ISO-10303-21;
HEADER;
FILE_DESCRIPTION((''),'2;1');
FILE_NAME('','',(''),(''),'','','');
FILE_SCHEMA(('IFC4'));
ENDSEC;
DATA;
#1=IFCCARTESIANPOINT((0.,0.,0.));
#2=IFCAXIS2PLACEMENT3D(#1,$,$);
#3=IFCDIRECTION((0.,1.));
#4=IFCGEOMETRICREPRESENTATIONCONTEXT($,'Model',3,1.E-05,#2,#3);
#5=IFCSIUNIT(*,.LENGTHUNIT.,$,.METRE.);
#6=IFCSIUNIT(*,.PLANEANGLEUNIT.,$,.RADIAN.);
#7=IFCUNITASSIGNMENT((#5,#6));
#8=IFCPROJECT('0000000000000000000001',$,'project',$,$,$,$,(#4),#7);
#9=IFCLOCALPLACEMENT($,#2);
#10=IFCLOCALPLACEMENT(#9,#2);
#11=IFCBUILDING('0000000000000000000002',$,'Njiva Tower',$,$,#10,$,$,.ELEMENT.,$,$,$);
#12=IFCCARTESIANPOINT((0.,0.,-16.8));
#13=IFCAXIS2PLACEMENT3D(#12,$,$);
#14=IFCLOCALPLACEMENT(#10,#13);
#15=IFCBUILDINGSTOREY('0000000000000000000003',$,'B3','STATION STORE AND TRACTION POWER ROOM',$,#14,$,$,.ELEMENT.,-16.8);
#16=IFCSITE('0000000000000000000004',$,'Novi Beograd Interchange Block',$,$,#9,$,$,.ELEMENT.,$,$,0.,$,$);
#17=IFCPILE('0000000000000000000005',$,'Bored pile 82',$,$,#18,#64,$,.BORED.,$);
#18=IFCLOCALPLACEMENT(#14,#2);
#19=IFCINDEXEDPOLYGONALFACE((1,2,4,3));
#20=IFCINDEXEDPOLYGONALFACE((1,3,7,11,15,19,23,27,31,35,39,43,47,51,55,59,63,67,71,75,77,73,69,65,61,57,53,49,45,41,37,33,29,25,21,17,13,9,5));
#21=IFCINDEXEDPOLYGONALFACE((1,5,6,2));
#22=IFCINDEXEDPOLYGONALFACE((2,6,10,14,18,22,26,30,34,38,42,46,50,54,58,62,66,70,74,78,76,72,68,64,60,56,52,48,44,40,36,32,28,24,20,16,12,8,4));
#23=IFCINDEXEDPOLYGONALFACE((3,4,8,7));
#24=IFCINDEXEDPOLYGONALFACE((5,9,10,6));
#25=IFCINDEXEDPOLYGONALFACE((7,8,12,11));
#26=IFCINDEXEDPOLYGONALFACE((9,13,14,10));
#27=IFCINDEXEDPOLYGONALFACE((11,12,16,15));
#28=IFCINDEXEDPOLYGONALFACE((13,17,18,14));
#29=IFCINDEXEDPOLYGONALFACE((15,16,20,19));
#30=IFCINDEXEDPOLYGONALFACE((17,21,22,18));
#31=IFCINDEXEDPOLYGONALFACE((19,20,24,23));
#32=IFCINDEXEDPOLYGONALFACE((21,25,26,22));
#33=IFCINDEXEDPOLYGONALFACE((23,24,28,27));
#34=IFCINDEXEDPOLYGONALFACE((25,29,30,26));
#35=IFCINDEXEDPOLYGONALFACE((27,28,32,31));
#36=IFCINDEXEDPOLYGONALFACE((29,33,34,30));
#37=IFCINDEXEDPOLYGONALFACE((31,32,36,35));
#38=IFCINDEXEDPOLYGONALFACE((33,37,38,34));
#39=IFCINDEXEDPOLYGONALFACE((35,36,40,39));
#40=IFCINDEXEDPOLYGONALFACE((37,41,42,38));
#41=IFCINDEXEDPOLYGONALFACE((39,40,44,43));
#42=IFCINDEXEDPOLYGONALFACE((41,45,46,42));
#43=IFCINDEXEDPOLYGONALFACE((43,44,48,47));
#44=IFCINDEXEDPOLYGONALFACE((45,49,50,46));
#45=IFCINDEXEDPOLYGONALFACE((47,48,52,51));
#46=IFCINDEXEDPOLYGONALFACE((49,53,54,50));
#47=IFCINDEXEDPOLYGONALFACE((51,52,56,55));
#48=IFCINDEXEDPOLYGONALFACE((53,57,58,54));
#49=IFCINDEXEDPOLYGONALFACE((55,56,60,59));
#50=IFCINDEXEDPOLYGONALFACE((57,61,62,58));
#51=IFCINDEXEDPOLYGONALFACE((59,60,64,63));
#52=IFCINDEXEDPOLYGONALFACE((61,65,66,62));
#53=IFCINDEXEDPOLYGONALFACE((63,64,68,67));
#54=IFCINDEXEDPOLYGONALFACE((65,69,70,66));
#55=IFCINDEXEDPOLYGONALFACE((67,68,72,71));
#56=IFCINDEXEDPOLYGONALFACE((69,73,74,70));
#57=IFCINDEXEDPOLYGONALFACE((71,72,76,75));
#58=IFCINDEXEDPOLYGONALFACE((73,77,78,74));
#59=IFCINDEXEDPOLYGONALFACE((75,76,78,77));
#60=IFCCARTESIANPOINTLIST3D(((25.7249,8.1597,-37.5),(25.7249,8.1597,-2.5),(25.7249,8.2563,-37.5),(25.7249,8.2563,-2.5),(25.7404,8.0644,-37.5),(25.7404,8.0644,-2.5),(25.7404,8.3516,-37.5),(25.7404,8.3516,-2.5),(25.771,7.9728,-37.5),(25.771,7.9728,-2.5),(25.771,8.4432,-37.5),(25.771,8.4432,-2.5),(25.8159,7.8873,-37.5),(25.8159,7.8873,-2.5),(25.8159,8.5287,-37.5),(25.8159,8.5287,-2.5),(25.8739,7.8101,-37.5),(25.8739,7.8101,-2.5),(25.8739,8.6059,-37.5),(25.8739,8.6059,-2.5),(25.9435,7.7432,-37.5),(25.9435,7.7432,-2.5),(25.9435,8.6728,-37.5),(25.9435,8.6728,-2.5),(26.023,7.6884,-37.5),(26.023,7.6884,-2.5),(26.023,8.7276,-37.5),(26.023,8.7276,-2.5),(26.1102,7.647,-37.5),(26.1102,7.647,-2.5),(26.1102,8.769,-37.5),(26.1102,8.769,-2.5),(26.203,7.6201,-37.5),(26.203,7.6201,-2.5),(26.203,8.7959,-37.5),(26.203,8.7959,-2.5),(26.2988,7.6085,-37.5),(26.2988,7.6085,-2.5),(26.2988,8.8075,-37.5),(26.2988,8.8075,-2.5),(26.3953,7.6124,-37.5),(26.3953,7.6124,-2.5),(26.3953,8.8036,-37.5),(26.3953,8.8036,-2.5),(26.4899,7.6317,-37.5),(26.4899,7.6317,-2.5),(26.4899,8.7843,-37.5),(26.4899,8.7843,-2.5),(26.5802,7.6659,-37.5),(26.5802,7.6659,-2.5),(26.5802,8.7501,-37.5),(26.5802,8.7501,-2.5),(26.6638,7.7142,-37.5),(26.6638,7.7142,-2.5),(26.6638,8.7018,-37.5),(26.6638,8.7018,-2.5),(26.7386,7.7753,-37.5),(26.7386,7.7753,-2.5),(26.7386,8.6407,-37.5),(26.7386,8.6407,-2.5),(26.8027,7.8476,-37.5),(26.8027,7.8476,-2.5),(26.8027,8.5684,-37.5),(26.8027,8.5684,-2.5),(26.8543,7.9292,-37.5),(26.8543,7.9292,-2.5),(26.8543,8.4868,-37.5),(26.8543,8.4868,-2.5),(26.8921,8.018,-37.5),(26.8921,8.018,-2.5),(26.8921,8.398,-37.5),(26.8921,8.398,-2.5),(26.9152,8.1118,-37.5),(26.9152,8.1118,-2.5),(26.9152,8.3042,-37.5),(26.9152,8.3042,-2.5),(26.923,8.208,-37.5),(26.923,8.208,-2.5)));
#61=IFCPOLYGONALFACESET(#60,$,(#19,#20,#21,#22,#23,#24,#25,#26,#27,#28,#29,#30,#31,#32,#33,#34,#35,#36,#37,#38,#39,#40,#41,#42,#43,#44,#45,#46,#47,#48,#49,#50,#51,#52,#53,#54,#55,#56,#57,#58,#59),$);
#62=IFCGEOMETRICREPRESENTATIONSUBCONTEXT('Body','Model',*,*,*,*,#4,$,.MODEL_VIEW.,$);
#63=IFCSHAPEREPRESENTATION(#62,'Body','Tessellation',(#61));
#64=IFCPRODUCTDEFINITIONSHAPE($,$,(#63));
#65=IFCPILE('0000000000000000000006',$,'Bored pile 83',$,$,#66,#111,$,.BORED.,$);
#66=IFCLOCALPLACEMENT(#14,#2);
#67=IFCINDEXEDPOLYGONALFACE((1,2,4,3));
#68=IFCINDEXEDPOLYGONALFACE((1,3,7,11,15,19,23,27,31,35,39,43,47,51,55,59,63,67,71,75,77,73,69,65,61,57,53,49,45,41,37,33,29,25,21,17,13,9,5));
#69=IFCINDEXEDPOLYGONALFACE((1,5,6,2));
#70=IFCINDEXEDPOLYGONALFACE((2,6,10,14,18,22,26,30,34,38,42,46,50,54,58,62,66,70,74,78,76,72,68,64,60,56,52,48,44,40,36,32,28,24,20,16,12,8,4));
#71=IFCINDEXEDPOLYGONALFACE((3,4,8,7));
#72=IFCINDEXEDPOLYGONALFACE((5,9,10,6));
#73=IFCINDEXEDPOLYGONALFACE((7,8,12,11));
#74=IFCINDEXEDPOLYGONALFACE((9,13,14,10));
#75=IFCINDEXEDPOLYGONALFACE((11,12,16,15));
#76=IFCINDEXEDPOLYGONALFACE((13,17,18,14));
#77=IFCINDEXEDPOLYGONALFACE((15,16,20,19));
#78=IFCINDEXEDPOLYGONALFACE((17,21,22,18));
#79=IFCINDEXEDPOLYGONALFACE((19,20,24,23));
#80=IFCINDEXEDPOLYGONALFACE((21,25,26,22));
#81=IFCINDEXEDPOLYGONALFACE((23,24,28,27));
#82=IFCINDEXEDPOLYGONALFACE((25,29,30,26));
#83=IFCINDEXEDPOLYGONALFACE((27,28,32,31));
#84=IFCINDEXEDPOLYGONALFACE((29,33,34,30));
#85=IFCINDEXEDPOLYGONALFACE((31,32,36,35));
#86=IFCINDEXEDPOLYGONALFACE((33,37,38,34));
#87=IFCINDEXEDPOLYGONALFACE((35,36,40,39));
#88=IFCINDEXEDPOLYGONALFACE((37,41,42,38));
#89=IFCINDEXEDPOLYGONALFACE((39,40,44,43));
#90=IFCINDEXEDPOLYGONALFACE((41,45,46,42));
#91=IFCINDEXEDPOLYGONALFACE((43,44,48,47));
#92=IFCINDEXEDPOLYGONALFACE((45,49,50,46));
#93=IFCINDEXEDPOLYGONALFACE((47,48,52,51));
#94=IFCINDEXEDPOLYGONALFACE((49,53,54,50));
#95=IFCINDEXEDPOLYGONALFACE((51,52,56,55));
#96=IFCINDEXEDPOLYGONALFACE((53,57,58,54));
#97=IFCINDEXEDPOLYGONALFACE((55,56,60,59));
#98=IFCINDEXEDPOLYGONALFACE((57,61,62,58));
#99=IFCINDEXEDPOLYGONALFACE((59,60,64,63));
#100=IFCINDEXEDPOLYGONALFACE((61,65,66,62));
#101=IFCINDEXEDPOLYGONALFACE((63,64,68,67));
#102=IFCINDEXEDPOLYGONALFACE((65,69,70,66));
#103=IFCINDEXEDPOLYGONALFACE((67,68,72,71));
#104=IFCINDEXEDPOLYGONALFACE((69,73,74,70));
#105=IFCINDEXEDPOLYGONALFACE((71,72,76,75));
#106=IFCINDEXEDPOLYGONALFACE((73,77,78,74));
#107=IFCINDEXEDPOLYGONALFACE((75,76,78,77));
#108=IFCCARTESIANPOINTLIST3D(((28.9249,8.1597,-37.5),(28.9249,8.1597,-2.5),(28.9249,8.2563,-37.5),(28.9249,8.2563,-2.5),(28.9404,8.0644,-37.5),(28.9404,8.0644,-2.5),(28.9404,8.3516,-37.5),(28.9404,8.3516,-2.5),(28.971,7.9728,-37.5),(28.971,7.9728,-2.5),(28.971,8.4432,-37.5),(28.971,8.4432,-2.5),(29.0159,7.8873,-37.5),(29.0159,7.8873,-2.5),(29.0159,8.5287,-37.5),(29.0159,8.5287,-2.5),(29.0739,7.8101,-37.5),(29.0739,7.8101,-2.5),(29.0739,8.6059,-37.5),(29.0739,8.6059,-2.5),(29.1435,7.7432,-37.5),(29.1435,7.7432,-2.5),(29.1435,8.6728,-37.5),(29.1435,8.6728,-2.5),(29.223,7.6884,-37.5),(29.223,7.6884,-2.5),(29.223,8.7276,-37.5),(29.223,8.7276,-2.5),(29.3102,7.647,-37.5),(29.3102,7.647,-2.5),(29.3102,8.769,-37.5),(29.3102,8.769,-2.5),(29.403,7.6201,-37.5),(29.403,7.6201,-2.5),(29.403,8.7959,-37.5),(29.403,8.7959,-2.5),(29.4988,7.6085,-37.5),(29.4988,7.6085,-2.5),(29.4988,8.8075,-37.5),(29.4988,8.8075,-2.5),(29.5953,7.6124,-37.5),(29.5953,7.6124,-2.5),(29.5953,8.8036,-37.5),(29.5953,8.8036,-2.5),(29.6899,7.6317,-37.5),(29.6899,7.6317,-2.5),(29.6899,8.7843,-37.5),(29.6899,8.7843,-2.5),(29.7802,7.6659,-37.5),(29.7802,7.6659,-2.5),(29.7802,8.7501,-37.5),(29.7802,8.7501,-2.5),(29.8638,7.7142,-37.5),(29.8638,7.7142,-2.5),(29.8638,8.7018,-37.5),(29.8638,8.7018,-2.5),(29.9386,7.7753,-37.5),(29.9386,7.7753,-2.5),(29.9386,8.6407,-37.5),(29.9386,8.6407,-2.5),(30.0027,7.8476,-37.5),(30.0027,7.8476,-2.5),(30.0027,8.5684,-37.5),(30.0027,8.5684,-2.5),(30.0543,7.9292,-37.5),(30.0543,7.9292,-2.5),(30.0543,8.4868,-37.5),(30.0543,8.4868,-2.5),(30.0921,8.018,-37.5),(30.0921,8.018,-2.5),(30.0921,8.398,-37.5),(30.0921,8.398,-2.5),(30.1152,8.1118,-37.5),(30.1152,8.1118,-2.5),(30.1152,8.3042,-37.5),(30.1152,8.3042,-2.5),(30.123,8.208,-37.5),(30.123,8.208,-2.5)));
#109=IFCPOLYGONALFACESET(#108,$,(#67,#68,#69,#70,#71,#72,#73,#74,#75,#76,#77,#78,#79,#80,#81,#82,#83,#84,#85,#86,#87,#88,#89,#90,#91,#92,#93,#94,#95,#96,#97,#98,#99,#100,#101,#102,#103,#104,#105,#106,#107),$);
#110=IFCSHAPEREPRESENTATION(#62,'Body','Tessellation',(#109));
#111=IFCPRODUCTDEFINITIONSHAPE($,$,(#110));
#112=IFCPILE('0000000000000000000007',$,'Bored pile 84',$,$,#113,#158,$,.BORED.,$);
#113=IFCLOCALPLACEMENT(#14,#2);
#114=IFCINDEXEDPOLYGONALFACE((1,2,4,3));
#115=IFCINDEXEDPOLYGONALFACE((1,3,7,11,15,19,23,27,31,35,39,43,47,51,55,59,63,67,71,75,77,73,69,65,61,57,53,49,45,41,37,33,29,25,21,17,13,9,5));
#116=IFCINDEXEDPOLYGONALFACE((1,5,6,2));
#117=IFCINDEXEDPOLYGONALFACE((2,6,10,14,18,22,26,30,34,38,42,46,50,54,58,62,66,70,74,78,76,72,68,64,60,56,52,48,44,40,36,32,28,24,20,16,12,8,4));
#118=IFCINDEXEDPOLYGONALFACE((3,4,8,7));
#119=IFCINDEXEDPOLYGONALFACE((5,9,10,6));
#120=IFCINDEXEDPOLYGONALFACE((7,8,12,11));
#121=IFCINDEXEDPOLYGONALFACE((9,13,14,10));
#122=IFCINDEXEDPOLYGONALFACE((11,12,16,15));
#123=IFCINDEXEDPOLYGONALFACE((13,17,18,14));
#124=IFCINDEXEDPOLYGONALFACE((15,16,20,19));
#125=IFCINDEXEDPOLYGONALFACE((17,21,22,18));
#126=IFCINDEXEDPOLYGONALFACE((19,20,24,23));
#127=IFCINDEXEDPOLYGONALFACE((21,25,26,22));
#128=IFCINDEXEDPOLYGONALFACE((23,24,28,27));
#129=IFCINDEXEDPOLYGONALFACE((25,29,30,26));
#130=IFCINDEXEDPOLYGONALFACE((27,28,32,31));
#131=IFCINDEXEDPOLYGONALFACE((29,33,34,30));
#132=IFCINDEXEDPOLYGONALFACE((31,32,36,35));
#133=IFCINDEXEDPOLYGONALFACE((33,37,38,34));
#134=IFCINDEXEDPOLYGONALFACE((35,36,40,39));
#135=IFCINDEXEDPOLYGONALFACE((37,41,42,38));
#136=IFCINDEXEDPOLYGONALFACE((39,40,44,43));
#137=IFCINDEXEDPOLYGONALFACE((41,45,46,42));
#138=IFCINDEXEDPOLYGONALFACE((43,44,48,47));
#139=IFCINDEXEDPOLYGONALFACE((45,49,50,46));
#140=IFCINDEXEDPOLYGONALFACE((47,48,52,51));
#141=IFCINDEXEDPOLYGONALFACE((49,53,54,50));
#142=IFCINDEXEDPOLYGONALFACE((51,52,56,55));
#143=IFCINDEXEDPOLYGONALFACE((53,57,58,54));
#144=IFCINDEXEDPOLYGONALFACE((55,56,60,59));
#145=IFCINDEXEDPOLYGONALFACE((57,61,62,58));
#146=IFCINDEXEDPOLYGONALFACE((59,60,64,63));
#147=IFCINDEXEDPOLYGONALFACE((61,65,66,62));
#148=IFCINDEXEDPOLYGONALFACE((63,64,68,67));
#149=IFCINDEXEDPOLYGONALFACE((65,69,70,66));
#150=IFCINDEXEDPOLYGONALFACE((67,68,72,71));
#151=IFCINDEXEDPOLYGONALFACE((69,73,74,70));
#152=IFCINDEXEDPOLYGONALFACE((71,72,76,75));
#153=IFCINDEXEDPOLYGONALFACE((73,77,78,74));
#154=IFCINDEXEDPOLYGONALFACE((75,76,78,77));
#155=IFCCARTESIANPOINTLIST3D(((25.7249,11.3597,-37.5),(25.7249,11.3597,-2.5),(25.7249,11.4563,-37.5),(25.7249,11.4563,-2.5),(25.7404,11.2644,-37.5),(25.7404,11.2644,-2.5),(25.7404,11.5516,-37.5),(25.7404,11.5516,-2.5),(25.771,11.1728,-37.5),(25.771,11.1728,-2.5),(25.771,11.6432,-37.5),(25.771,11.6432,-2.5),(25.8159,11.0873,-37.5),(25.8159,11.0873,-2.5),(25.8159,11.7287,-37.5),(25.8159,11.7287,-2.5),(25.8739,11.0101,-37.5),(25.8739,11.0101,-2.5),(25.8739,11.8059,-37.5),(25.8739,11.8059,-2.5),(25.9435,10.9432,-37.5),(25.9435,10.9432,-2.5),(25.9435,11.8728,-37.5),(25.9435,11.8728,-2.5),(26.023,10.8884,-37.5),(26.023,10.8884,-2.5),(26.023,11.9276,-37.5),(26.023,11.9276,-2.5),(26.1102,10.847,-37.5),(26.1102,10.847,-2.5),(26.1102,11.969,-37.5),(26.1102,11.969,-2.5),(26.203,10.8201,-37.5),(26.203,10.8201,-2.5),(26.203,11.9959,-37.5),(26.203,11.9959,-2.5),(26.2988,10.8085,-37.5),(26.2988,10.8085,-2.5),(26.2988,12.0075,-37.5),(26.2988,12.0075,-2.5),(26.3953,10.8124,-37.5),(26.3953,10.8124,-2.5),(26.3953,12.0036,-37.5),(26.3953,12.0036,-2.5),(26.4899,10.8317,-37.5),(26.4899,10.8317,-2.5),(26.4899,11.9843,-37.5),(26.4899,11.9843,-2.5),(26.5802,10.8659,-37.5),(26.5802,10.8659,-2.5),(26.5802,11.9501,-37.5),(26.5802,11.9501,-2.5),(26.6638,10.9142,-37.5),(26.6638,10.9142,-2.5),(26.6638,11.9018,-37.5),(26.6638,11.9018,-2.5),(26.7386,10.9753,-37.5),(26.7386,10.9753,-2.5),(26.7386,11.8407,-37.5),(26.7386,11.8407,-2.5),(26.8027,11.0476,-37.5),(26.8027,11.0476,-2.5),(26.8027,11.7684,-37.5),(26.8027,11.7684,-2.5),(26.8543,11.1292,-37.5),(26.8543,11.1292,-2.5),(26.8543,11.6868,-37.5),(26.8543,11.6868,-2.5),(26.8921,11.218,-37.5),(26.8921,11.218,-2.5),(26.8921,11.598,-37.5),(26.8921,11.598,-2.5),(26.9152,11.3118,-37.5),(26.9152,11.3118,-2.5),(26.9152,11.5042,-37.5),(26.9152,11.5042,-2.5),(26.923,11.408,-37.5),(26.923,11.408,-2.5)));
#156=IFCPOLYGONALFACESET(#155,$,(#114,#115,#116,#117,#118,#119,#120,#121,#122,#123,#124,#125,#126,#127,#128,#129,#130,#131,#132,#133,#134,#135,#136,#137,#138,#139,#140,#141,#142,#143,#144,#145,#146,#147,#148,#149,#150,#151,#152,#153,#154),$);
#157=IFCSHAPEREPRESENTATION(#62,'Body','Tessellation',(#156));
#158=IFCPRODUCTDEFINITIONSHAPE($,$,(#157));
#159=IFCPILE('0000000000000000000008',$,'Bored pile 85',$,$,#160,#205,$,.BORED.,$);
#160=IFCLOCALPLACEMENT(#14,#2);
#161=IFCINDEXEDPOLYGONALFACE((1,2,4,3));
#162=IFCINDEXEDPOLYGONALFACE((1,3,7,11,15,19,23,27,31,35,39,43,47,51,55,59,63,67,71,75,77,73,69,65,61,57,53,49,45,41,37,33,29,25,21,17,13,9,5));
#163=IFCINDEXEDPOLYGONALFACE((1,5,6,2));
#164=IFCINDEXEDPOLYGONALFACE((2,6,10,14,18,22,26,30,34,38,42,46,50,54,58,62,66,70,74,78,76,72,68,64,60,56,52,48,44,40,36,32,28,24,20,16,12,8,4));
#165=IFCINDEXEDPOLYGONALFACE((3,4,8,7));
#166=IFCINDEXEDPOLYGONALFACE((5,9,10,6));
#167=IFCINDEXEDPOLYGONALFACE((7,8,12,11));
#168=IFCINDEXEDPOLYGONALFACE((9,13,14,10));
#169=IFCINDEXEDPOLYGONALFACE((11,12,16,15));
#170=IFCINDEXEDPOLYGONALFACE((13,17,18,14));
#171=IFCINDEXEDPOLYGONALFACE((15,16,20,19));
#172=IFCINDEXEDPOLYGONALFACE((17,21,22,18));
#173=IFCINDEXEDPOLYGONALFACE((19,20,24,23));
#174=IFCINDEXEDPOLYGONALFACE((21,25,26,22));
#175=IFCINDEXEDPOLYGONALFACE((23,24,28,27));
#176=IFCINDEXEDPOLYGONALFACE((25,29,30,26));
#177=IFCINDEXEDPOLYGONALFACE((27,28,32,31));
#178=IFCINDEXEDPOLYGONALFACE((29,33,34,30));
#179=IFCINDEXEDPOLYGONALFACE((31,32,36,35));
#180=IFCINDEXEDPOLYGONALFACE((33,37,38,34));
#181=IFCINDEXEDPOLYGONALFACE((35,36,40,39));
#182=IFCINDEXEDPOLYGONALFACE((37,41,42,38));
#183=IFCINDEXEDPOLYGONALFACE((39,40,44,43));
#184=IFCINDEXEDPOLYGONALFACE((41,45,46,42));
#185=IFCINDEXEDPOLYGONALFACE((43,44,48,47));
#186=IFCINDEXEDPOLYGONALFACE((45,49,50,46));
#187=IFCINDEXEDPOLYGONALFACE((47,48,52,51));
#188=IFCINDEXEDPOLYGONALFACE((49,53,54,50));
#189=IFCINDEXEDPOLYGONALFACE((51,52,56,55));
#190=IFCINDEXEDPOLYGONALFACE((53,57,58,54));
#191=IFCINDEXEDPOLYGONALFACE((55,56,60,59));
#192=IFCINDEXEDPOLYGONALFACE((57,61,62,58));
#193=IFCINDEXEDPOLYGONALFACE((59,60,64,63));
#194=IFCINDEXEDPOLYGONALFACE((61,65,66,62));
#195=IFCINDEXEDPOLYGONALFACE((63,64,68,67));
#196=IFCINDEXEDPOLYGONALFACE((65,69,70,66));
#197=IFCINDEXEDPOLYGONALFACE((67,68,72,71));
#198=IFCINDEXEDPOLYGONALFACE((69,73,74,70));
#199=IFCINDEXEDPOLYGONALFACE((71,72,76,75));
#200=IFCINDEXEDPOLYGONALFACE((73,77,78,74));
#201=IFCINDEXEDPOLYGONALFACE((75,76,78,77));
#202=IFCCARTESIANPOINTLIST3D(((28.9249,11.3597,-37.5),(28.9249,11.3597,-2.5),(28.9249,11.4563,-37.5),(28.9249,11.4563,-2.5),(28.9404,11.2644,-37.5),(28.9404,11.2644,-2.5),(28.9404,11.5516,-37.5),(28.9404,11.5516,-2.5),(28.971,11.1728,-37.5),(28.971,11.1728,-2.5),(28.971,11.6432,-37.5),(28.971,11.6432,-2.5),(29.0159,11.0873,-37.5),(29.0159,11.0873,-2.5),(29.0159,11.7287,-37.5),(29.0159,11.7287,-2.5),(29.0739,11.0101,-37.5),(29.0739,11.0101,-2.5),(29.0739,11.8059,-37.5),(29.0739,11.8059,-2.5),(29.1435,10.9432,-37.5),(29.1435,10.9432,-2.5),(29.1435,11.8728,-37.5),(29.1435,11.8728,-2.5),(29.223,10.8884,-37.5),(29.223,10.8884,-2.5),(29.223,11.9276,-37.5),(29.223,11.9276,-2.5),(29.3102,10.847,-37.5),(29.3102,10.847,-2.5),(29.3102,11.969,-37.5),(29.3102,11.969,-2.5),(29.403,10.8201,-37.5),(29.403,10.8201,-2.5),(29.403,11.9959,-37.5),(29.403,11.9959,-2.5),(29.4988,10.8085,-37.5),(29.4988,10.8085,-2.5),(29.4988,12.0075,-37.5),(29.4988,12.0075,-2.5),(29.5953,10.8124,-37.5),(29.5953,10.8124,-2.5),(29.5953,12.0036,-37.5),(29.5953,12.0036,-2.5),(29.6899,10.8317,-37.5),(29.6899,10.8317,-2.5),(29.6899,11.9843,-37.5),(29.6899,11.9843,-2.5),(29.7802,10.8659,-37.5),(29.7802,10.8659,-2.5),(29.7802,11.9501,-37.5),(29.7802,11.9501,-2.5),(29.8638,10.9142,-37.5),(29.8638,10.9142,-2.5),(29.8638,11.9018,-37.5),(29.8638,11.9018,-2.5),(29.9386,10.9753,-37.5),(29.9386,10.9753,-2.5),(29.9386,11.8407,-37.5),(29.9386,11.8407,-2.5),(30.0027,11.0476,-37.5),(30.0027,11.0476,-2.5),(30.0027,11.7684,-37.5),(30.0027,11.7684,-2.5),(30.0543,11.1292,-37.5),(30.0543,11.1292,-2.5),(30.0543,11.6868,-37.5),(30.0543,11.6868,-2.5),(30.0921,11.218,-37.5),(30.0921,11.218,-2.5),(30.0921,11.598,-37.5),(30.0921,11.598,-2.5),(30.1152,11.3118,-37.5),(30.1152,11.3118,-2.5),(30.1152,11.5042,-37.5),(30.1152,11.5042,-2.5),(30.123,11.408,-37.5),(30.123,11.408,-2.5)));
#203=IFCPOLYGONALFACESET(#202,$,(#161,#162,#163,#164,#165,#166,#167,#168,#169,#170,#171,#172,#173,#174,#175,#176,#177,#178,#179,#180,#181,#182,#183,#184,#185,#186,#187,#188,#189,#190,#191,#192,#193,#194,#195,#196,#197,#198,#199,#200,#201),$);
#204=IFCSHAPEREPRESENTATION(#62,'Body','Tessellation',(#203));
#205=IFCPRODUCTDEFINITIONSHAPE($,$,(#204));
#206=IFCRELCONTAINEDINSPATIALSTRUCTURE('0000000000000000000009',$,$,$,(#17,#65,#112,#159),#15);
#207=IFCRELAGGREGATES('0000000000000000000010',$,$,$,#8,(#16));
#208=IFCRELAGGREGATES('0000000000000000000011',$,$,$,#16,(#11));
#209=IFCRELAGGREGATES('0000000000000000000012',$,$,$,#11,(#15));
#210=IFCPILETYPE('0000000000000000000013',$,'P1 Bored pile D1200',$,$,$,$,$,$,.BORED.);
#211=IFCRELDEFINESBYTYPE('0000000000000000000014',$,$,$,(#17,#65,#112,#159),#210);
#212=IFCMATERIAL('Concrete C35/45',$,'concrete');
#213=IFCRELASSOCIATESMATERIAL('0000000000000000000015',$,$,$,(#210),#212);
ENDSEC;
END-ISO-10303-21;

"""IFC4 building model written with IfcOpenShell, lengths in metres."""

from ifc_helpers import new_model, si_unit, direction, frame, origin, origin_2d, place, context, subcontext, project, spatial, circle, extrude, material, material_profile, profile_set, type_object, element, save


model = new_model("IFC4")

# Units and contexts
model_context = context("Model", 3, precision=1e-05, world=origin(), true_north=direction((0.0, 1.0)))
body_context = subcontext(model_context, "Body", "Model", "MODEL_VIEW")
ifc_project = project(units=[si_unit("LENGTHUNIT", "METRE"), si_unit("PLANEANGLEUNIT", "RADIAN")], contexts=[model_context])

# Site, building, storey
site_placement = place(None, origin())
site = spatial("IfcSite", under=ifc_project, at=site_placement, Name="Novi Beograd Interchange Block", CompositionType="ELEMENT", RefElevation=0.0)
building_placement = place(site_placement, origin())
building = spatial("IfcBuilding", under=site, at=building_placement, Name="Njiva Tower", CompositionType="ELEMENT")
storey_placement = place(building_placement, frame((0.0, 0.0, -16.8)))
storey = spatial("IfcBuildingStorey", under=building, at=storey_placement, Name="B3", Description="STATION STORE AND TRACTION POWER ROOM", CompositionType="ELEMENT", Elevation=-16.8)

# Piles
ifc_material_1 = material(Name="Concrete C35/45", Category="concrete")
ifc_material_profile_1 = material_profile(ifc_material_1, circle(Radius=0.6, at=origin_2d()), Name="D1200")
ifc_profile_set_1 = profile_set([ifc_material_profile_1], Name="Concrete C35/45")
pile_type = type_object("IfcPileType", Name="P1 Bored pile D1200", PredefinedType="BORED", material=ifc_profile_set_1)
for number, where, z_axis, x_axis, name in (
    (1, (26.323, 8.208, -2.5), (0.0, 0.0, -1.0), (1.0, 0.0, 0.0), "Bored pile 82"),
    (2, (29.523, 8.208, -2.5), (0.0, 0.0, -1.0), (1.0, 0.0, 0.0), "Bored pile 83"),
    (3, (26.323, 11.408, -2.5), (0.0, 0.0, -1.0), (1.0, 0.0, 0.0), "Bored pile 84"),
    (4, (29.523, 11.408, -2.5), (0.0, 0.0, -1.0), (1.0, 0.0, 0.0), "Bored pile 85"),
):
    element("IfcPile", number, at=place(storey_placement, frame(where, z_axis=z_axis, x_axis=x_axis)), inside=storey, type_object=pile_type, Name=name, PredefinedType="BORED", context=body_context, shape_type="SweptSolid", body=[
        extrude(circle(Radius=0.6, at=origin_2d()), origin(), (0.0, 0.0, 1.0), 35.0),
    ])

save(model, "model.ifc")
